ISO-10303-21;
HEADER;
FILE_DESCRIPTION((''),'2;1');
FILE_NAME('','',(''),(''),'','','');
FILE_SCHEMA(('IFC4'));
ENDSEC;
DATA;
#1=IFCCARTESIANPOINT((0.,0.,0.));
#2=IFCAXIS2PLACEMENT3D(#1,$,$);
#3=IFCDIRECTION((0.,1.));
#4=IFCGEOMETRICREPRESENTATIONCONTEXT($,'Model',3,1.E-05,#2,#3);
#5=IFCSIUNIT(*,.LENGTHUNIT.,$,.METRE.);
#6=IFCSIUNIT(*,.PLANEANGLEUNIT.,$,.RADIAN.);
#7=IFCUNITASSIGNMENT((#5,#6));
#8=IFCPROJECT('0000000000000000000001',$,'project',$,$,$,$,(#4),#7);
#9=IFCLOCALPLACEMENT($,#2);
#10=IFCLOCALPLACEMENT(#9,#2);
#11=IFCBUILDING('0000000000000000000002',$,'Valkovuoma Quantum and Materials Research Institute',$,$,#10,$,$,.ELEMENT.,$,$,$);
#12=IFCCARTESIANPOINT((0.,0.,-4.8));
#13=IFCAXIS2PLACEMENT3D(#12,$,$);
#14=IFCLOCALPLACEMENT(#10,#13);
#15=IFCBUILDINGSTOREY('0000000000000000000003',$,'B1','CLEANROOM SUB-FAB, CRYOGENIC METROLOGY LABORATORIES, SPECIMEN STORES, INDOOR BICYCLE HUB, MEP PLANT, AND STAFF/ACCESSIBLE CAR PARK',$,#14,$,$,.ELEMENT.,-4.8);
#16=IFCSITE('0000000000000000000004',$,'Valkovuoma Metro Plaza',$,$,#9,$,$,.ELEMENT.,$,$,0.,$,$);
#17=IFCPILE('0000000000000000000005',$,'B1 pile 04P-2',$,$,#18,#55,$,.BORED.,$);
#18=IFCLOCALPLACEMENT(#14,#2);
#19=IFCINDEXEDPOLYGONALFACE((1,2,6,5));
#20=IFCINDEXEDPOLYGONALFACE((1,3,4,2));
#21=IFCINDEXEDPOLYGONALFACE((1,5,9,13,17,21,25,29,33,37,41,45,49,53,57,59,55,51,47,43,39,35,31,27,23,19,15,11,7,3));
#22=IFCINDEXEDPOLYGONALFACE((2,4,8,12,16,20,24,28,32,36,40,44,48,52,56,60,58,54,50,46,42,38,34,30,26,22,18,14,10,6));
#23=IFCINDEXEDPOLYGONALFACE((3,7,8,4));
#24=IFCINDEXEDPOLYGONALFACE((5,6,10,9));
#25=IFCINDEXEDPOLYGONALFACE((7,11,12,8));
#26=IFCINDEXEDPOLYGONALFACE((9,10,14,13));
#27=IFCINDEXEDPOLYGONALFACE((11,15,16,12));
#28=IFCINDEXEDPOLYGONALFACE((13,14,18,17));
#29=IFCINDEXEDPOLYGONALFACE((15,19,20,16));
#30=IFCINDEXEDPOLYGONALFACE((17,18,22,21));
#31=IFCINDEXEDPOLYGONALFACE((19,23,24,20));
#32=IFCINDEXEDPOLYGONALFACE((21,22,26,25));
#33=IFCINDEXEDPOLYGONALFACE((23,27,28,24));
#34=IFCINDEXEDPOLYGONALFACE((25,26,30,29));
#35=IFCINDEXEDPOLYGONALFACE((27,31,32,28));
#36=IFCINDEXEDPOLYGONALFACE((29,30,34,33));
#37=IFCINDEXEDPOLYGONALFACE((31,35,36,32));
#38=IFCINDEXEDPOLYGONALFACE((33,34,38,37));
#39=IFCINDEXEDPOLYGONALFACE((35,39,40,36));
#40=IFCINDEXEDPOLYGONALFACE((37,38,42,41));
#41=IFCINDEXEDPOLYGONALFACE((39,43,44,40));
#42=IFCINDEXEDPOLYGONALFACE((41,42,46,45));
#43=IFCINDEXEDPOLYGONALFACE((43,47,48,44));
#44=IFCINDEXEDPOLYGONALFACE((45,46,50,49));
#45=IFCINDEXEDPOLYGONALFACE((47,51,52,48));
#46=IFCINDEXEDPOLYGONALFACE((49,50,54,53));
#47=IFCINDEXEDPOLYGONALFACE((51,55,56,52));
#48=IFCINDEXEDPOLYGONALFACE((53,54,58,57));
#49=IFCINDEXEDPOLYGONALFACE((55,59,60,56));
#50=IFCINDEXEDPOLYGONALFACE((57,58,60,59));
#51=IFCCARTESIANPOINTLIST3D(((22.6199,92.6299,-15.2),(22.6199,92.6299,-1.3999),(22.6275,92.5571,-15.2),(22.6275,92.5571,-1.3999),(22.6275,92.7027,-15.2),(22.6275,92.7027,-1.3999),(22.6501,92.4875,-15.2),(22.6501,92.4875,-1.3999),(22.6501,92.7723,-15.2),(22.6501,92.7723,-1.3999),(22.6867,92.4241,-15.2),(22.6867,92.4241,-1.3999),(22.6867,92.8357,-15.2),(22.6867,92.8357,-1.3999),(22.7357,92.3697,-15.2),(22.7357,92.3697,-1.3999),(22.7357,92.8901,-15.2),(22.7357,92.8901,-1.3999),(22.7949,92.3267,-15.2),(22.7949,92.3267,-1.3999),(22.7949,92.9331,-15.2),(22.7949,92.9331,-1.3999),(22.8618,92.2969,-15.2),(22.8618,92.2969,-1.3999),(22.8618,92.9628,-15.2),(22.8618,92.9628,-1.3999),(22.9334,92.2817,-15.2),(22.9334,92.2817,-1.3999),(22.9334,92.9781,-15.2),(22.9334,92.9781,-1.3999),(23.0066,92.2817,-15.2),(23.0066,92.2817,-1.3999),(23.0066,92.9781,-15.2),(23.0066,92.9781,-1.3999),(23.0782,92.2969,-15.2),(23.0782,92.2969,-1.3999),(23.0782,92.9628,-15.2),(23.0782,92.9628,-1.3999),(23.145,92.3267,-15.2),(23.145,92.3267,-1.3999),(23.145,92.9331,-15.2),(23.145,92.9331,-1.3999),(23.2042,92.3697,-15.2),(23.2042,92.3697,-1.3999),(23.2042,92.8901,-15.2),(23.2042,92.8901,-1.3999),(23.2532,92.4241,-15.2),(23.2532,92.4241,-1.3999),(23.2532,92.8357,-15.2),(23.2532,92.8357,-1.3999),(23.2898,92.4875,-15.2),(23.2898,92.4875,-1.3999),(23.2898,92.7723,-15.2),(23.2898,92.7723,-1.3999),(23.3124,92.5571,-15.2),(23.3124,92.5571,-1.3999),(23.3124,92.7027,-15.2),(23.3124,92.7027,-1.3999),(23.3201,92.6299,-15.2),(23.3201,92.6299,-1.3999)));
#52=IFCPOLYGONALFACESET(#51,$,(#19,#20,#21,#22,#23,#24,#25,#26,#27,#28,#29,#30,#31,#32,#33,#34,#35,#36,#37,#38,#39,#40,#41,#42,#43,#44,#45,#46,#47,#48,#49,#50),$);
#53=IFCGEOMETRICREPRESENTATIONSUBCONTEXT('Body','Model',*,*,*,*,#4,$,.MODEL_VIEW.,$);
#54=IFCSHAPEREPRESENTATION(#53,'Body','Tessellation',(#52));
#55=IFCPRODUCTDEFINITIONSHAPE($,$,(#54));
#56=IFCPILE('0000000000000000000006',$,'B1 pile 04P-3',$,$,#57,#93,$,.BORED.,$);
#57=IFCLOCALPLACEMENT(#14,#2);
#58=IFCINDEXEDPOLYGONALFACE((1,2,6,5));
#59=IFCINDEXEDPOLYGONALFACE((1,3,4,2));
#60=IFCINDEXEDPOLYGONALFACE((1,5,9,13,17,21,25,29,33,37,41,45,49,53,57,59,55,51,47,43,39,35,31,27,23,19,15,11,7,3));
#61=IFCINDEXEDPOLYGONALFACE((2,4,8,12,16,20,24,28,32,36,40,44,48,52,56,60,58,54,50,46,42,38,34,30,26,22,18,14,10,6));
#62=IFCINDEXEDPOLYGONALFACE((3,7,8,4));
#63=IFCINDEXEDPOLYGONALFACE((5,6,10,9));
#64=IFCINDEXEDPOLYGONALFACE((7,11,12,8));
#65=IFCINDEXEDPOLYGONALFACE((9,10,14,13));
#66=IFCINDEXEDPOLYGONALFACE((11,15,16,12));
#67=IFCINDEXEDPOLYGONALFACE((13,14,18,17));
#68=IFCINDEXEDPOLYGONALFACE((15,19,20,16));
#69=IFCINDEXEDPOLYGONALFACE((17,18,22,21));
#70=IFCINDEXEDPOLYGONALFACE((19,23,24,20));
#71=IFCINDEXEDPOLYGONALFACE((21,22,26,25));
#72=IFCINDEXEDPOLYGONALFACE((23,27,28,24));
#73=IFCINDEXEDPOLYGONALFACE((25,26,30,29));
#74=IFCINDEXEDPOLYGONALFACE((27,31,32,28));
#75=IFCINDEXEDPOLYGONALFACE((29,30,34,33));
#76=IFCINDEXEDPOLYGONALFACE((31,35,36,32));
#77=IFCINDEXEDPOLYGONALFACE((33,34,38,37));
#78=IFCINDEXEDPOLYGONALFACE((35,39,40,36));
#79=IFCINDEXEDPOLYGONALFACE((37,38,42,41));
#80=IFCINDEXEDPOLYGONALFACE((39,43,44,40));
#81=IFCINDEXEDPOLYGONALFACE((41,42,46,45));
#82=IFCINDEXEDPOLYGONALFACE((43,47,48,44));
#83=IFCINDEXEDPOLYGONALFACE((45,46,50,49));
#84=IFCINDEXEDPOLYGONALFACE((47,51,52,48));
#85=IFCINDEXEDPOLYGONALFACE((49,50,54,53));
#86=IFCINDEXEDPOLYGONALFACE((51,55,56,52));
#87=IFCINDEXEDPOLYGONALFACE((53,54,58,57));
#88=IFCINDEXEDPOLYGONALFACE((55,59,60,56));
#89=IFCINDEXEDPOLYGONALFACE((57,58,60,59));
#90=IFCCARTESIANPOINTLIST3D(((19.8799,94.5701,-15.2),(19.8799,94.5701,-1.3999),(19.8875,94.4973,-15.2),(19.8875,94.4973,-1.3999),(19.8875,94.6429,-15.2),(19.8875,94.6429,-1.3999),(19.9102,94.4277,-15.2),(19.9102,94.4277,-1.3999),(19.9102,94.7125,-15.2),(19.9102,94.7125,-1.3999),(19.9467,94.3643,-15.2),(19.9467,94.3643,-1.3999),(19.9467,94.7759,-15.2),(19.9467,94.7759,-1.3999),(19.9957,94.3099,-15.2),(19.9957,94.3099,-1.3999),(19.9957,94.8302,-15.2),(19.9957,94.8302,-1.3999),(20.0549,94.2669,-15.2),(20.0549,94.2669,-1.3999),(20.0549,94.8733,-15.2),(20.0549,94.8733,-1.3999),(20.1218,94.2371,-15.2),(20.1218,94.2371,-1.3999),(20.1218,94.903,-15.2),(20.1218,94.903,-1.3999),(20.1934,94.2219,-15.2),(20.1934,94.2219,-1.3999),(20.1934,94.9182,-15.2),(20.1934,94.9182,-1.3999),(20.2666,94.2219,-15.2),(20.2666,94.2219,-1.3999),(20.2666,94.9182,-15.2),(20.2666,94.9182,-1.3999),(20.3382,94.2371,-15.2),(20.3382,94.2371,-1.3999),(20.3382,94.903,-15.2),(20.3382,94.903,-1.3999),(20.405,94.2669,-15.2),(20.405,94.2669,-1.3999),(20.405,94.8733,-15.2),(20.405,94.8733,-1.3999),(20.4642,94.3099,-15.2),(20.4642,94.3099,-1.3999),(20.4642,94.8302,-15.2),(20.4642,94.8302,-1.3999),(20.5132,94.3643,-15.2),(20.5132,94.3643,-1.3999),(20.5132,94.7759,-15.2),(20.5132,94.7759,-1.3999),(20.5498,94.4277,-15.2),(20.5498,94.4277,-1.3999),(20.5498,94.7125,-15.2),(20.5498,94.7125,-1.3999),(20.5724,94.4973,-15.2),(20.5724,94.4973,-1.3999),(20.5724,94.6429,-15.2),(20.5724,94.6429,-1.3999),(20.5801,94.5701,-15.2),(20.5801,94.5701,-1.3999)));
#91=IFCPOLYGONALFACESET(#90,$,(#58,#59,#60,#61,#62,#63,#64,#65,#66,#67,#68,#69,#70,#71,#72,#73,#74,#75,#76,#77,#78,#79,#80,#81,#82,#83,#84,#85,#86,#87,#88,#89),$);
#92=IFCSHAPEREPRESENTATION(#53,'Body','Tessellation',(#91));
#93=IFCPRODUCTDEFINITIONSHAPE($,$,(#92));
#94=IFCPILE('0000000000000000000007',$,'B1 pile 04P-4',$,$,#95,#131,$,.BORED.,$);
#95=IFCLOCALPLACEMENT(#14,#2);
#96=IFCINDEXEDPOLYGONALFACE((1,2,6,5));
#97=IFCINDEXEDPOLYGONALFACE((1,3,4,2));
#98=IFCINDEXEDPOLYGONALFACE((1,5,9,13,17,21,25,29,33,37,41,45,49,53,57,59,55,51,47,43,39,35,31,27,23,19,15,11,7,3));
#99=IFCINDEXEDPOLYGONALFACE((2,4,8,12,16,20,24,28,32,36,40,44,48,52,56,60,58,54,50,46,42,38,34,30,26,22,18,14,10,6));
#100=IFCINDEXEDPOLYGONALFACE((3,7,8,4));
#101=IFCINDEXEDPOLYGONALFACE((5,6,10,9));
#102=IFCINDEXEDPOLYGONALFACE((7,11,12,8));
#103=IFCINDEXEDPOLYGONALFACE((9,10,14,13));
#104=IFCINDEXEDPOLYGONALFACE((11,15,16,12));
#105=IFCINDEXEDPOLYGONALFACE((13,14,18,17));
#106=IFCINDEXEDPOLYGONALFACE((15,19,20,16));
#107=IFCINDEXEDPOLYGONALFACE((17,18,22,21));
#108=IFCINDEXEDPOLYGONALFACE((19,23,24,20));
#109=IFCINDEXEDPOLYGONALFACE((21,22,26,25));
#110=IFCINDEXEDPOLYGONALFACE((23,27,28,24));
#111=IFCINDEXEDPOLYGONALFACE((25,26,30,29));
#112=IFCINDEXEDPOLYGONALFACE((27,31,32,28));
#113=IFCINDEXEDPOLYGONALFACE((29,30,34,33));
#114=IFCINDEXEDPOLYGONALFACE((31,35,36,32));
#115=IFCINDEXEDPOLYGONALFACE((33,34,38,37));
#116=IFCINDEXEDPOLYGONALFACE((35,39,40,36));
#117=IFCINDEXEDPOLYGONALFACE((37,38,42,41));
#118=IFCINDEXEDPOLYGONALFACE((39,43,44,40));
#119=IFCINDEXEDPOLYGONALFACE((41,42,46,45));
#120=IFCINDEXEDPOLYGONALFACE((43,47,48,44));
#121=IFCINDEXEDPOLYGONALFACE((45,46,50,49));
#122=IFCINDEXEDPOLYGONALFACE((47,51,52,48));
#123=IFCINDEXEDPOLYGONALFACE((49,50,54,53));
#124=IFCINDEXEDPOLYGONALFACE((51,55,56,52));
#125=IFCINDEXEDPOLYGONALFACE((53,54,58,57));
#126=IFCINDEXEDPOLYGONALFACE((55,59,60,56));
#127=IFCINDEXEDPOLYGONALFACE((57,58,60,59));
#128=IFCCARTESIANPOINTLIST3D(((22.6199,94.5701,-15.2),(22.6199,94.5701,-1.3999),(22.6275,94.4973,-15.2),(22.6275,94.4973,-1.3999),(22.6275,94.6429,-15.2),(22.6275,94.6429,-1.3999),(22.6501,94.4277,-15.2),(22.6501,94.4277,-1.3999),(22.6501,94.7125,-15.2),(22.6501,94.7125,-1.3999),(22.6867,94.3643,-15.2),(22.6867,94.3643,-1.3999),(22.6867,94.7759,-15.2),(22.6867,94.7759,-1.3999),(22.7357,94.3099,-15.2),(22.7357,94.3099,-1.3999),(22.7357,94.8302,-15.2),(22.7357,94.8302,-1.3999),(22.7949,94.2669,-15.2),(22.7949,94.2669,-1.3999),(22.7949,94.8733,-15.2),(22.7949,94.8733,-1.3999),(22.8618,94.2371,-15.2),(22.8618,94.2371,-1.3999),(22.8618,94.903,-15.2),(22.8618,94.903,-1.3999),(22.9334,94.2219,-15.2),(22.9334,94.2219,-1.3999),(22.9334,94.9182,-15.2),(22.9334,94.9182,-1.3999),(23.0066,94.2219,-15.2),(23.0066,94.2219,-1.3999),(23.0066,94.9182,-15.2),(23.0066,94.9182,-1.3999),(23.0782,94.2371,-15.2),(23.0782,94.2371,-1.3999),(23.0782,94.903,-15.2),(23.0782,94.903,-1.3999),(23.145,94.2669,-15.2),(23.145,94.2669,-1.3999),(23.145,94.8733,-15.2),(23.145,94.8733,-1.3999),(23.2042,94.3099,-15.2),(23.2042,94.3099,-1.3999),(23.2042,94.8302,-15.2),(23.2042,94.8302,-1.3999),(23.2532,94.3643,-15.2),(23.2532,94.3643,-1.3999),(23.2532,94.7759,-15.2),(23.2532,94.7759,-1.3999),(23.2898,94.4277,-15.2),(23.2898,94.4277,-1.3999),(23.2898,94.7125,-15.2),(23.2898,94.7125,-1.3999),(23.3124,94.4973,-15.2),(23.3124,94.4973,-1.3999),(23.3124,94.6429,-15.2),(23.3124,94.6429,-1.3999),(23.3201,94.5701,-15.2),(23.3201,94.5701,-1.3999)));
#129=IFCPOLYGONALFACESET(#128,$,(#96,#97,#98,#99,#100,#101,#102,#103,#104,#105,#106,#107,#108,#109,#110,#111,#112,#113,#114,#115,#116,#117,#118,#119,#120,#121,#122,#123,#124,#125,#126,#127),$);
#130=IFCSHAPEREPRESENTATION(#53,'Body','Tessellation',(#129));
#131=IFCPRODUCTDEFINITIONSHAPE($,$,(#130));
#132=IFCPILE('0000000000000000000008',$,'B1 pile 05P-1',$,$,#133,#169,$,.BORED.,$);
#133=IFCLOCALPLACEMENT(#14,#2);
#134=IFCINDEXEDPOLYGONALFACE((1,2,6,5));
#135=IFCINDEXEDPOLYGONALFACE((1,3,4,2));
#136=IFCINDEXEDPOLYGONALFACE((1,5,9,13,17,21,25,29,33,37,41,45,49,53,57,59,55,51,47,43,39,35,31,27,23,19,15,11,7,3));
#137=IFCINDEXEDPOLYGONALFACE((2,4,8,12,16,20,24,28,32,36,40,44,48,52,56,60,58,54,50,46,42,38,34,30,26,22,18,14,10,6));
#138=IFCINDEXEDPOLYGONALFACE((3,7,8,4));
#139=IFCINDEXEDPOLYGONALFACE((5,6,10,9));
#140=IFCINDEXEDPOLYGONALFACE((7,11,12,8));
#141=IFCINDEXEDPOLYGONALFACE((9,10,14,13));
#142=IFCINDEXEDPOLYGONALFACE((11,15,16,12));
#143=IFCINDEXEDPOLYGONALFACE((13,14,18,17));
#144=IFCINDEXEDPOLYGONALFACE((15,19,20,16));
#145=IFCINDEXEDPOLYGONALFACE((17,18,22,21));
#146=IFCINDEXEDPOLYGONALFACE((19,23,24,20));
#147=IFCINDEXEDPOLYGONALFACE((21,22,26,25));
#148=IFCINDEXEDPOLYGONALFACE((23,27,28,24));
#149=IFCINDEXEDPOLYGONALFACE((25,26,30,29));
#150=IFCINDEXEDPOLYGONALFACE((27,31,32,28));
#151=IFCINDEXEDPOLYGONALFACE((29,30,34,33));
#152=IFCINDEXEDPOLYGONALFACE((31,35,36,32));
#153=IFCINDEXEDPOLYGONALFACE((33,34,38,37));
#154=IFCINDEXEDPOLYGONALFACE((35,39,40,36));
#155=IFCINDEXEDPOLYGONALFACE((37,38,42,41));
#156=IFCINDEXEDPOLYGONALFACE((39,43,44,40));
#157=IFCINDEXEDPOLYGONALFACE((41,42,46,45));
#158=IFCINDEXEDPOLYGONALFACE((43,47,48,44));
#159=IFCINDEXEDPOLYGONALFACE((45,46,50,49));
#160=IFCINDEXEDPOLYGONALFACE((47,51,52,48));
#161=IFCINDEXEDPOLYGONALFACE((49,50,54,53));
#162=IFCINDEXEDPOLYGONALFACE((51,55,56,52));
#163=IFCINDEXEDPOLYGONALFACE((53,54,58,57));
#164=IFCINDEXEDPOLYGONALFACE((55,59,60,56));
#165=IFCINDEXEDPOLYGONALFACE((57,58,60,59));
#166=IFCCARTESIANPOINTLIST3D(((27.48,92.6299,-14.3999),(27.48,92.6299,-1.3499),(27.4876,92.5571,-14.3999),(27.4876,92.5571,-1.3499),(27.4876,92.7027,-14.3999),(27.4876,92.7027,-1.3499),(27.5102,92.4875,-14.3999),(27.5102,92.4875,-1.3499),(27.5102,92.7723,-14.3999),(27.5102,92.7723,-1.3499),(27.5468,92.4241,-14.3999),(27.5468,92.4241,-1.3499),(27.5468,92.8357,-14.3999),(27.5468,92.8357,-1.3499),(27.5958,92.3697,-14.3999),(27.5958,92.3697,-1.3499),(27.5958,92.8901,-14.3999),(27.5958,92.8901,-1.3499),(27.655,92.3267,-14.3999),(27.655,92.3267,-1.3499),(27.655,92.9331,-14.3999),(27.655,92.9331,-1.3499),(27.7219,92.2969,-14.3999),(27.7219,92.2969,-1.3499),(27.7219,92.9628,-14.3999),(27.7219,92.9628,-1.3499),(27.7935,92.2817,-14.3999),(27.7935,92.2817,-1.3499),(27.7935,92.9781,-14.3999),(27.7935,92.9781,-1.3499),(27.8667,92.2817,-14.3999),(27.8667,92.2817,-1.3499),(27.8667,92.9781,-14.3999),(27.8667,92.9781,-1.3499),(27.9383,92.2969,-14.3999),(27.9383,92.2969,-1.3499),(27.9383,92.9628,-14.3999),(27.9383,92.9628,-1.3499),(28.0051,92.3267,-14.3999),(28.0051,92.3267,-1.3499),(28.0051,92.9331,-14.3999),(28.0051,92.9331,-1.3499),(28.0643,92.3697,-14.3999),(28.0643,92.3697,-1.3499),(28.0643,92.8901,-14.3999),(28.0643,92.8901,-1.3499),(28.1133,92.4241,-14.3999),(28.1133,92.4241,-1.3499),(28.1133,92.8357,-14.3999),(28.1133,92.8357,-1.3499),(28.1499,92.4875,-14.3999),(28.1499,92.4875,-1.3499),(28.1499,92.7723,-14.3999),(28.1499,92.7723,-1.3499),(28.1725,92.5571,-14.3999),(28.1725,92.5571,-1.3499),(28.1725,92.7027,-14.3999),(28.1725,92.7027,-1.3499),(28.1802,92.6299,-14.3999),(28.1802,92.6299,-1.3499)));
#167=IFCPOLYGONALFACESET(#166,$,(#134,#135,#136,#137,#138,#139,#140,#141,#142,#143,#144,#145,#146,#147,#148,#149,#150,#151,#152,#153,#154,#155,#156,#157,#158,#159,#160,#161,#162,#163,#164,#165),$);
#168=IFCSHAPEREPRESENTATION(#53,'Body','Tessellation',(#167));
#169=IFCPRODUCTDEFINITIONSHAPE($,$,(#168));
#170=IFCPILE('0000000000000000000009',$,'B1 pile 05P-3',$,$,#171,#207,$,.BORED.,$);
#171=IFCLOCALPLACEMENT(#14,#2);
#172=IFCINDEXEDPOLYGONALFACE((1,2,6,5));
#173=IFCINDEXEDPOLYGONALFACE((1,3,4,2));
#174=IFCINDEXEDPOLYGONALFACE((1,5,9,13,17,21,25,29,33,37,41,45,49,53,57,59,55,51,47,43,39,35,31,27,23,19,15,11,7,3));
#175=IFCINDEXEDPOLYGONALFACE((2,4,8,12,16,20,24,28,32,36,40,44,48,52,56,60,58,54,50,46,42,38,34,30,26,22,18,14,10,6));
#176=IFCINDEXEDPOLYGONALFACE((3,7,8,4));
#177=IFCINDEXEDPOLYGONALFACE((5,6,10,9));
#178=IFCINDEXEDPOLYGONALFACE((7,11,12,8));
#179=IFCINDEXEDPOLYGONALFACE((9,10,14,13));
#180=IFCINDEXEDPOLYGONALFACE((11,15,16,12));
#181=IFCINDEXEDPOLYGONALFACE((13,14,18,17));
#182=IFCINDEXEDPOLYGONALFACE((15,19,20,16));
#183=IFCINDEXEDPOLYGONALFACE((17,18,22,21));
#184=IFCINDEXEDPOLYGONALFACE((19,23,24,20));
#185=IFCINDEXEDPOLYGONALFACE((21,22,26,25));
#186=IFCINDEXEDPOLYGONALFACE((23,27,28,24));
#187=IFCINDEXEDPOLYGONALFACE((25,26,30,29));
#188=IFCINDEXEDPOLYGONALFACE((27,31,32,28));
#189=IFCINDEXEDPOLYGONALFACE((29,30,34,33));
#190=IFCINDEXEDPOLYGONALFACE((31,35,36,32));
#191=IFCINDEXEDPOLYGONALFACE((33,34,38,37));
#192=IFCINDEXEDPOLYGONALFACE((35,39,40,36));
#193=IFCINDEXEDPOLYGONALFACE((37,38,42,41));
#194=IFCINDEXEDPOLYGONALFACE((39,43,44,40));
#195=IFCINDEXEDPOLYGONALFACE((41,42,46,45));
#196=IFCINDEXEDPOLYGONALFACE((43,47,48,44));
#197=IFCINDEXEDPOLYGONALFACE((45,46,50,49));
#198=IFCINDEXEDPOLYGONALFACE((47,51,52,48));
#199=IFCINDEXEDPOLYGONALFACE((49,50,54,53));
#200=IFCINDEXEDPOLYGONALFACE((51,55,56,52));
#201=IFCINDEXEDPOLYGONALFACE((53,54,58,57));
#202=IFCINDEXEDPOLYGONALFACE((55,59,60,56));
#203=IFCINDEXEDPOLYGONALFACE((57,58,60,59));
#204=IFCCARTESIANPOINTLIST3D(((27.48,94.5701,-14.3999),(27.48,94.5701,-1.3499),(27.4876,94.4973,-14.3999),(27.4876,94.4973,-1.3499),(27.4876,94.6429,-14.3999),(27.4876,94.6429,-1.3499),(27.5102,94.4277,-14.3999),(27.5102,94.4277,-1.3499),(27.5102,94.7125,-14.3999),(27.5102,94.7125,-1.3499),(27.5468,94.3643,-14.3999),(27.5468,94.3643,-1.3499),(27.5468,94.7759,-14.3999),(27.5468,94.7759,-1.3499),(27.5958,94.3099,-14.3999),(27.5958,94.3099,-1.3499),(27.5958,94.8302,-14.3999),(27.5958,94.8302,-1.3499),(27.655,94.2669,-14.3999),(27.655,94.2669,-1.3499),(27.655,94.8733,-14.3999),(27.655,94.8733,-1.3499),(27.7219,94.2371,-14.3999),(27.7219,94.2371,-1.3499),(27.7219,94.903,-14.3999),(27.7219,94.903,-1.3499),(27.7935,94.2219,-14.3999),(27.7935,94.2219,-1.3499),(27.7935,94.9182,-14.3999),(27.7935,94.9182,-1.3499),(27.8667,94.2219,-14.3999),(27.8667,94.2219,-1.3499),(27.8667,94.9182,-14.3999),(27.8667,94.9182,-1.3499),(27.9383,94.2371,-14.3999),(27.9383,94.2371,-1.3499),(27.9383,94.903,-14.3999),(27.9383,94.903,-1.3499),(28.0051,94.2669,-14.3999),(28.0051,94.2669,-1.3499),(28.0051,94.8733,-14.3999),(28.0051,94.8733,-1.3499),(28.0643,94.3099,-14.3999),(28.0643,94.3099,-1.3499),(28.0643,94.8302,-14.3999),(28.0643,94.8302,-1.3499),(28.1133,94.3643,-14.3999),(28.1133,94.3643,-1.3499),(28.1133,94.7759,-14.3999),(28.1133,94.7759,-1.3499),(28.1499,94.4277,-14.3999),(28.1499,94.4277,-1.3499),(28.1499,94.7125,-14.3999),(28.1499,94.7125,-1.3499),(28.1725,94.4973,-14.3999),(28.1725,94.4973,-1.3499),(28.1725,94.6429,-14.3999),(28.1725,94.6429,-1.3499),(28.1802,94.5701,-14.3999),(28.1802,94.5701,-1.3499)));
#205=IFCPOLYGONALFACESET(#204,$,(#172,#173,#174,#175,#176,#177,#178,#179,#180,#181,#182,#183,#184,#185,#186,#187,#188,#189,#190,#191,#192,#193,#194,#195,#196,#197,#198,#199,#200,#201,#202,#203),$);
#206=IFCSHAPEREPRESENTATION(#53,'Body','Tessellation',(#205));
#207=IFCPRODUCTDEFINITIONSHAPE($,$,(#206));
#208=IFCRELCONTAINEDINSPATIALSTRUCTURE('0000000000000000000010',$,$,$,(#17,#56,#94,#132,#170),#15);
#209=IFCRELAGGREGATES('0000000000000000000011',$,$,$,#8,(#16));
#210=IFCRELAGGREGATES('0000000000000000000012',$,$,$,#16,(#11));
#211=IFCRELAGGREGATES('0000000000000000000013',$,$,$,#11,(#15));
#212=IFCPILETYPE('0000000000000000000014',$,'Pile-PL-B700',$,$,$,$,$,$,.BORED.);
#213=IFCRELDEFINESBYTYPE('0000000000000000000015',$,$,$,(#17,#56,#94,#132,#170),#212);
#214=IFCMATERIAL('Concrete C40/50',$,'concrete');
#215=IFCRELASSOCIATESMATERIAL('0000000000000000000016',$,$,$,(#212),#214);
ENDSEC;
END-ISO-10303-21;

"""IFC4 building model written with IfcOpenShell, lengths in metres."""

from ifc_helpers import new_model, si_unit, direction, frame, origin, origin_2d, place, context, subcontext, project, spatial, circle, extrude, material, material_profile, profile_set, type_object, element, save


model = new_model("IFC4")

# Units and contexts
model_context = context("Model", 3, precision=1e-05, world=origin(), true_north=direction((0.0, 1.0)))
body_context = subcontext(model_context, "Body", "Model", "MODEL_VIEW")
ifc_project = project(units=[si_unit("LENGTHUNIT", "METRE"), si_unit("PLANEANGLEUNIT", "RADIAN")], contexts=[model_context])

# Site, building, storey
site_placement = place(None, origin())
site = spatial("IfcSite", under=ifc_project, at=site_placement, Name="Valkovuoma Metro Plaza", CompositionType="ELEMENT", RefElevation=0.0)
building_placement = place(site_placement, origin())
building = spatial("IfcBuilding", under=site, at=building_placement, Name="Valkovuoma Quantum and Materials Research Institute", CompositionType="ELEMENT")
storey_placement = place(building_placement, frame((0.0, 0.0, -4.8)))
storey = spatial("IfcBuildingStorey", under=building, at=storey_placement, Name="B1", Description="CLEANROOM SUB-FAB, CRYOGENIC METROLOGY LABORATORIES, SPECIMEN STORES, INDOOR BICYCLE HUB, MEP PLANT, AND STAFF/ACCESSIBLE CAR PARK", CompositionType="ELEMENT", Elevation=-4.8)

# Piles
ifc_material_1 = material(Name="Concrete C40/50", Category="concrete")
ifc_material_profile_1 = material_profile(ifc_material_1, circle(Radius=0.3501, at=origin_2d()), Name="Concrete C40/50")
ifc_profile_set_1 = profile_set([ifc_material_profile_1], Name="Concrete C40/50")
pile_type_1 = type_object("IfcPileType", Name="Pile-PL-B700", PredefinedType="BORED", material=ifc_profile_set_1)
for number, where, z_axis, x_axis, name in (
    (1, (22.97, 92.6299, -1.3999), (0.0, 0.0, -1.0), (1.0, 0.0, 0.0), "B1 pile 04P-2"),
    (2, (20.23, 94.5701, -1.3999), (0.0, 0.0, -1.0), (1.0, 0.0, 0.0), "B1 pile 04P-3"),
    (3, (22.97, 94.5701, -1.3999), (0.0, 0.0, -1.0), (1.0, 0.0, 0.0), "B1 pile 04P-4"),
):
    element("IfcPile", number, at=place(storey_placement, frame(where, z_axis=z_axis, x_axis=x_axis)), inside=storey, type_object=pile_type_1, Name=name, PredefinedType="BORED", context=body_context, shape_type="SweptSolid", body=[
        extrude(circle(Radius=0.3501, at=origin_2d()), origin(), (0.0, 0.0, 1.0), 13.8),
    ])
for number, where, z_axis, x_axis, name in (
    (4, (27.8301, 92.6299, -1.3499), (0.0, 0.0, -1.0), (1.0, 0.0, 0.0), "B1 pile 05P-1"),
    (5, (27.8301, 94.5701, -1.3499), (0.0, 0.0, -1.0), (1.0, 0.0, 0.0), "B1 pile 05P-3"),
):
    element("IfcPile", number, at=place(storey_placement, frame(where, z_axis=z_axis, x_axis=x_axis)), inside=storey, type_object=pile_type_1, Name=name, PredefinedType="BORED", context=body_context, shape_type="SweptSolid", body=[
        extrude(circle(Radius=0.3501, at=origin_2d()), origin(), (0.0, 0.0, 1.0), 13.05),
    ])

save(model, "model.ifc")
